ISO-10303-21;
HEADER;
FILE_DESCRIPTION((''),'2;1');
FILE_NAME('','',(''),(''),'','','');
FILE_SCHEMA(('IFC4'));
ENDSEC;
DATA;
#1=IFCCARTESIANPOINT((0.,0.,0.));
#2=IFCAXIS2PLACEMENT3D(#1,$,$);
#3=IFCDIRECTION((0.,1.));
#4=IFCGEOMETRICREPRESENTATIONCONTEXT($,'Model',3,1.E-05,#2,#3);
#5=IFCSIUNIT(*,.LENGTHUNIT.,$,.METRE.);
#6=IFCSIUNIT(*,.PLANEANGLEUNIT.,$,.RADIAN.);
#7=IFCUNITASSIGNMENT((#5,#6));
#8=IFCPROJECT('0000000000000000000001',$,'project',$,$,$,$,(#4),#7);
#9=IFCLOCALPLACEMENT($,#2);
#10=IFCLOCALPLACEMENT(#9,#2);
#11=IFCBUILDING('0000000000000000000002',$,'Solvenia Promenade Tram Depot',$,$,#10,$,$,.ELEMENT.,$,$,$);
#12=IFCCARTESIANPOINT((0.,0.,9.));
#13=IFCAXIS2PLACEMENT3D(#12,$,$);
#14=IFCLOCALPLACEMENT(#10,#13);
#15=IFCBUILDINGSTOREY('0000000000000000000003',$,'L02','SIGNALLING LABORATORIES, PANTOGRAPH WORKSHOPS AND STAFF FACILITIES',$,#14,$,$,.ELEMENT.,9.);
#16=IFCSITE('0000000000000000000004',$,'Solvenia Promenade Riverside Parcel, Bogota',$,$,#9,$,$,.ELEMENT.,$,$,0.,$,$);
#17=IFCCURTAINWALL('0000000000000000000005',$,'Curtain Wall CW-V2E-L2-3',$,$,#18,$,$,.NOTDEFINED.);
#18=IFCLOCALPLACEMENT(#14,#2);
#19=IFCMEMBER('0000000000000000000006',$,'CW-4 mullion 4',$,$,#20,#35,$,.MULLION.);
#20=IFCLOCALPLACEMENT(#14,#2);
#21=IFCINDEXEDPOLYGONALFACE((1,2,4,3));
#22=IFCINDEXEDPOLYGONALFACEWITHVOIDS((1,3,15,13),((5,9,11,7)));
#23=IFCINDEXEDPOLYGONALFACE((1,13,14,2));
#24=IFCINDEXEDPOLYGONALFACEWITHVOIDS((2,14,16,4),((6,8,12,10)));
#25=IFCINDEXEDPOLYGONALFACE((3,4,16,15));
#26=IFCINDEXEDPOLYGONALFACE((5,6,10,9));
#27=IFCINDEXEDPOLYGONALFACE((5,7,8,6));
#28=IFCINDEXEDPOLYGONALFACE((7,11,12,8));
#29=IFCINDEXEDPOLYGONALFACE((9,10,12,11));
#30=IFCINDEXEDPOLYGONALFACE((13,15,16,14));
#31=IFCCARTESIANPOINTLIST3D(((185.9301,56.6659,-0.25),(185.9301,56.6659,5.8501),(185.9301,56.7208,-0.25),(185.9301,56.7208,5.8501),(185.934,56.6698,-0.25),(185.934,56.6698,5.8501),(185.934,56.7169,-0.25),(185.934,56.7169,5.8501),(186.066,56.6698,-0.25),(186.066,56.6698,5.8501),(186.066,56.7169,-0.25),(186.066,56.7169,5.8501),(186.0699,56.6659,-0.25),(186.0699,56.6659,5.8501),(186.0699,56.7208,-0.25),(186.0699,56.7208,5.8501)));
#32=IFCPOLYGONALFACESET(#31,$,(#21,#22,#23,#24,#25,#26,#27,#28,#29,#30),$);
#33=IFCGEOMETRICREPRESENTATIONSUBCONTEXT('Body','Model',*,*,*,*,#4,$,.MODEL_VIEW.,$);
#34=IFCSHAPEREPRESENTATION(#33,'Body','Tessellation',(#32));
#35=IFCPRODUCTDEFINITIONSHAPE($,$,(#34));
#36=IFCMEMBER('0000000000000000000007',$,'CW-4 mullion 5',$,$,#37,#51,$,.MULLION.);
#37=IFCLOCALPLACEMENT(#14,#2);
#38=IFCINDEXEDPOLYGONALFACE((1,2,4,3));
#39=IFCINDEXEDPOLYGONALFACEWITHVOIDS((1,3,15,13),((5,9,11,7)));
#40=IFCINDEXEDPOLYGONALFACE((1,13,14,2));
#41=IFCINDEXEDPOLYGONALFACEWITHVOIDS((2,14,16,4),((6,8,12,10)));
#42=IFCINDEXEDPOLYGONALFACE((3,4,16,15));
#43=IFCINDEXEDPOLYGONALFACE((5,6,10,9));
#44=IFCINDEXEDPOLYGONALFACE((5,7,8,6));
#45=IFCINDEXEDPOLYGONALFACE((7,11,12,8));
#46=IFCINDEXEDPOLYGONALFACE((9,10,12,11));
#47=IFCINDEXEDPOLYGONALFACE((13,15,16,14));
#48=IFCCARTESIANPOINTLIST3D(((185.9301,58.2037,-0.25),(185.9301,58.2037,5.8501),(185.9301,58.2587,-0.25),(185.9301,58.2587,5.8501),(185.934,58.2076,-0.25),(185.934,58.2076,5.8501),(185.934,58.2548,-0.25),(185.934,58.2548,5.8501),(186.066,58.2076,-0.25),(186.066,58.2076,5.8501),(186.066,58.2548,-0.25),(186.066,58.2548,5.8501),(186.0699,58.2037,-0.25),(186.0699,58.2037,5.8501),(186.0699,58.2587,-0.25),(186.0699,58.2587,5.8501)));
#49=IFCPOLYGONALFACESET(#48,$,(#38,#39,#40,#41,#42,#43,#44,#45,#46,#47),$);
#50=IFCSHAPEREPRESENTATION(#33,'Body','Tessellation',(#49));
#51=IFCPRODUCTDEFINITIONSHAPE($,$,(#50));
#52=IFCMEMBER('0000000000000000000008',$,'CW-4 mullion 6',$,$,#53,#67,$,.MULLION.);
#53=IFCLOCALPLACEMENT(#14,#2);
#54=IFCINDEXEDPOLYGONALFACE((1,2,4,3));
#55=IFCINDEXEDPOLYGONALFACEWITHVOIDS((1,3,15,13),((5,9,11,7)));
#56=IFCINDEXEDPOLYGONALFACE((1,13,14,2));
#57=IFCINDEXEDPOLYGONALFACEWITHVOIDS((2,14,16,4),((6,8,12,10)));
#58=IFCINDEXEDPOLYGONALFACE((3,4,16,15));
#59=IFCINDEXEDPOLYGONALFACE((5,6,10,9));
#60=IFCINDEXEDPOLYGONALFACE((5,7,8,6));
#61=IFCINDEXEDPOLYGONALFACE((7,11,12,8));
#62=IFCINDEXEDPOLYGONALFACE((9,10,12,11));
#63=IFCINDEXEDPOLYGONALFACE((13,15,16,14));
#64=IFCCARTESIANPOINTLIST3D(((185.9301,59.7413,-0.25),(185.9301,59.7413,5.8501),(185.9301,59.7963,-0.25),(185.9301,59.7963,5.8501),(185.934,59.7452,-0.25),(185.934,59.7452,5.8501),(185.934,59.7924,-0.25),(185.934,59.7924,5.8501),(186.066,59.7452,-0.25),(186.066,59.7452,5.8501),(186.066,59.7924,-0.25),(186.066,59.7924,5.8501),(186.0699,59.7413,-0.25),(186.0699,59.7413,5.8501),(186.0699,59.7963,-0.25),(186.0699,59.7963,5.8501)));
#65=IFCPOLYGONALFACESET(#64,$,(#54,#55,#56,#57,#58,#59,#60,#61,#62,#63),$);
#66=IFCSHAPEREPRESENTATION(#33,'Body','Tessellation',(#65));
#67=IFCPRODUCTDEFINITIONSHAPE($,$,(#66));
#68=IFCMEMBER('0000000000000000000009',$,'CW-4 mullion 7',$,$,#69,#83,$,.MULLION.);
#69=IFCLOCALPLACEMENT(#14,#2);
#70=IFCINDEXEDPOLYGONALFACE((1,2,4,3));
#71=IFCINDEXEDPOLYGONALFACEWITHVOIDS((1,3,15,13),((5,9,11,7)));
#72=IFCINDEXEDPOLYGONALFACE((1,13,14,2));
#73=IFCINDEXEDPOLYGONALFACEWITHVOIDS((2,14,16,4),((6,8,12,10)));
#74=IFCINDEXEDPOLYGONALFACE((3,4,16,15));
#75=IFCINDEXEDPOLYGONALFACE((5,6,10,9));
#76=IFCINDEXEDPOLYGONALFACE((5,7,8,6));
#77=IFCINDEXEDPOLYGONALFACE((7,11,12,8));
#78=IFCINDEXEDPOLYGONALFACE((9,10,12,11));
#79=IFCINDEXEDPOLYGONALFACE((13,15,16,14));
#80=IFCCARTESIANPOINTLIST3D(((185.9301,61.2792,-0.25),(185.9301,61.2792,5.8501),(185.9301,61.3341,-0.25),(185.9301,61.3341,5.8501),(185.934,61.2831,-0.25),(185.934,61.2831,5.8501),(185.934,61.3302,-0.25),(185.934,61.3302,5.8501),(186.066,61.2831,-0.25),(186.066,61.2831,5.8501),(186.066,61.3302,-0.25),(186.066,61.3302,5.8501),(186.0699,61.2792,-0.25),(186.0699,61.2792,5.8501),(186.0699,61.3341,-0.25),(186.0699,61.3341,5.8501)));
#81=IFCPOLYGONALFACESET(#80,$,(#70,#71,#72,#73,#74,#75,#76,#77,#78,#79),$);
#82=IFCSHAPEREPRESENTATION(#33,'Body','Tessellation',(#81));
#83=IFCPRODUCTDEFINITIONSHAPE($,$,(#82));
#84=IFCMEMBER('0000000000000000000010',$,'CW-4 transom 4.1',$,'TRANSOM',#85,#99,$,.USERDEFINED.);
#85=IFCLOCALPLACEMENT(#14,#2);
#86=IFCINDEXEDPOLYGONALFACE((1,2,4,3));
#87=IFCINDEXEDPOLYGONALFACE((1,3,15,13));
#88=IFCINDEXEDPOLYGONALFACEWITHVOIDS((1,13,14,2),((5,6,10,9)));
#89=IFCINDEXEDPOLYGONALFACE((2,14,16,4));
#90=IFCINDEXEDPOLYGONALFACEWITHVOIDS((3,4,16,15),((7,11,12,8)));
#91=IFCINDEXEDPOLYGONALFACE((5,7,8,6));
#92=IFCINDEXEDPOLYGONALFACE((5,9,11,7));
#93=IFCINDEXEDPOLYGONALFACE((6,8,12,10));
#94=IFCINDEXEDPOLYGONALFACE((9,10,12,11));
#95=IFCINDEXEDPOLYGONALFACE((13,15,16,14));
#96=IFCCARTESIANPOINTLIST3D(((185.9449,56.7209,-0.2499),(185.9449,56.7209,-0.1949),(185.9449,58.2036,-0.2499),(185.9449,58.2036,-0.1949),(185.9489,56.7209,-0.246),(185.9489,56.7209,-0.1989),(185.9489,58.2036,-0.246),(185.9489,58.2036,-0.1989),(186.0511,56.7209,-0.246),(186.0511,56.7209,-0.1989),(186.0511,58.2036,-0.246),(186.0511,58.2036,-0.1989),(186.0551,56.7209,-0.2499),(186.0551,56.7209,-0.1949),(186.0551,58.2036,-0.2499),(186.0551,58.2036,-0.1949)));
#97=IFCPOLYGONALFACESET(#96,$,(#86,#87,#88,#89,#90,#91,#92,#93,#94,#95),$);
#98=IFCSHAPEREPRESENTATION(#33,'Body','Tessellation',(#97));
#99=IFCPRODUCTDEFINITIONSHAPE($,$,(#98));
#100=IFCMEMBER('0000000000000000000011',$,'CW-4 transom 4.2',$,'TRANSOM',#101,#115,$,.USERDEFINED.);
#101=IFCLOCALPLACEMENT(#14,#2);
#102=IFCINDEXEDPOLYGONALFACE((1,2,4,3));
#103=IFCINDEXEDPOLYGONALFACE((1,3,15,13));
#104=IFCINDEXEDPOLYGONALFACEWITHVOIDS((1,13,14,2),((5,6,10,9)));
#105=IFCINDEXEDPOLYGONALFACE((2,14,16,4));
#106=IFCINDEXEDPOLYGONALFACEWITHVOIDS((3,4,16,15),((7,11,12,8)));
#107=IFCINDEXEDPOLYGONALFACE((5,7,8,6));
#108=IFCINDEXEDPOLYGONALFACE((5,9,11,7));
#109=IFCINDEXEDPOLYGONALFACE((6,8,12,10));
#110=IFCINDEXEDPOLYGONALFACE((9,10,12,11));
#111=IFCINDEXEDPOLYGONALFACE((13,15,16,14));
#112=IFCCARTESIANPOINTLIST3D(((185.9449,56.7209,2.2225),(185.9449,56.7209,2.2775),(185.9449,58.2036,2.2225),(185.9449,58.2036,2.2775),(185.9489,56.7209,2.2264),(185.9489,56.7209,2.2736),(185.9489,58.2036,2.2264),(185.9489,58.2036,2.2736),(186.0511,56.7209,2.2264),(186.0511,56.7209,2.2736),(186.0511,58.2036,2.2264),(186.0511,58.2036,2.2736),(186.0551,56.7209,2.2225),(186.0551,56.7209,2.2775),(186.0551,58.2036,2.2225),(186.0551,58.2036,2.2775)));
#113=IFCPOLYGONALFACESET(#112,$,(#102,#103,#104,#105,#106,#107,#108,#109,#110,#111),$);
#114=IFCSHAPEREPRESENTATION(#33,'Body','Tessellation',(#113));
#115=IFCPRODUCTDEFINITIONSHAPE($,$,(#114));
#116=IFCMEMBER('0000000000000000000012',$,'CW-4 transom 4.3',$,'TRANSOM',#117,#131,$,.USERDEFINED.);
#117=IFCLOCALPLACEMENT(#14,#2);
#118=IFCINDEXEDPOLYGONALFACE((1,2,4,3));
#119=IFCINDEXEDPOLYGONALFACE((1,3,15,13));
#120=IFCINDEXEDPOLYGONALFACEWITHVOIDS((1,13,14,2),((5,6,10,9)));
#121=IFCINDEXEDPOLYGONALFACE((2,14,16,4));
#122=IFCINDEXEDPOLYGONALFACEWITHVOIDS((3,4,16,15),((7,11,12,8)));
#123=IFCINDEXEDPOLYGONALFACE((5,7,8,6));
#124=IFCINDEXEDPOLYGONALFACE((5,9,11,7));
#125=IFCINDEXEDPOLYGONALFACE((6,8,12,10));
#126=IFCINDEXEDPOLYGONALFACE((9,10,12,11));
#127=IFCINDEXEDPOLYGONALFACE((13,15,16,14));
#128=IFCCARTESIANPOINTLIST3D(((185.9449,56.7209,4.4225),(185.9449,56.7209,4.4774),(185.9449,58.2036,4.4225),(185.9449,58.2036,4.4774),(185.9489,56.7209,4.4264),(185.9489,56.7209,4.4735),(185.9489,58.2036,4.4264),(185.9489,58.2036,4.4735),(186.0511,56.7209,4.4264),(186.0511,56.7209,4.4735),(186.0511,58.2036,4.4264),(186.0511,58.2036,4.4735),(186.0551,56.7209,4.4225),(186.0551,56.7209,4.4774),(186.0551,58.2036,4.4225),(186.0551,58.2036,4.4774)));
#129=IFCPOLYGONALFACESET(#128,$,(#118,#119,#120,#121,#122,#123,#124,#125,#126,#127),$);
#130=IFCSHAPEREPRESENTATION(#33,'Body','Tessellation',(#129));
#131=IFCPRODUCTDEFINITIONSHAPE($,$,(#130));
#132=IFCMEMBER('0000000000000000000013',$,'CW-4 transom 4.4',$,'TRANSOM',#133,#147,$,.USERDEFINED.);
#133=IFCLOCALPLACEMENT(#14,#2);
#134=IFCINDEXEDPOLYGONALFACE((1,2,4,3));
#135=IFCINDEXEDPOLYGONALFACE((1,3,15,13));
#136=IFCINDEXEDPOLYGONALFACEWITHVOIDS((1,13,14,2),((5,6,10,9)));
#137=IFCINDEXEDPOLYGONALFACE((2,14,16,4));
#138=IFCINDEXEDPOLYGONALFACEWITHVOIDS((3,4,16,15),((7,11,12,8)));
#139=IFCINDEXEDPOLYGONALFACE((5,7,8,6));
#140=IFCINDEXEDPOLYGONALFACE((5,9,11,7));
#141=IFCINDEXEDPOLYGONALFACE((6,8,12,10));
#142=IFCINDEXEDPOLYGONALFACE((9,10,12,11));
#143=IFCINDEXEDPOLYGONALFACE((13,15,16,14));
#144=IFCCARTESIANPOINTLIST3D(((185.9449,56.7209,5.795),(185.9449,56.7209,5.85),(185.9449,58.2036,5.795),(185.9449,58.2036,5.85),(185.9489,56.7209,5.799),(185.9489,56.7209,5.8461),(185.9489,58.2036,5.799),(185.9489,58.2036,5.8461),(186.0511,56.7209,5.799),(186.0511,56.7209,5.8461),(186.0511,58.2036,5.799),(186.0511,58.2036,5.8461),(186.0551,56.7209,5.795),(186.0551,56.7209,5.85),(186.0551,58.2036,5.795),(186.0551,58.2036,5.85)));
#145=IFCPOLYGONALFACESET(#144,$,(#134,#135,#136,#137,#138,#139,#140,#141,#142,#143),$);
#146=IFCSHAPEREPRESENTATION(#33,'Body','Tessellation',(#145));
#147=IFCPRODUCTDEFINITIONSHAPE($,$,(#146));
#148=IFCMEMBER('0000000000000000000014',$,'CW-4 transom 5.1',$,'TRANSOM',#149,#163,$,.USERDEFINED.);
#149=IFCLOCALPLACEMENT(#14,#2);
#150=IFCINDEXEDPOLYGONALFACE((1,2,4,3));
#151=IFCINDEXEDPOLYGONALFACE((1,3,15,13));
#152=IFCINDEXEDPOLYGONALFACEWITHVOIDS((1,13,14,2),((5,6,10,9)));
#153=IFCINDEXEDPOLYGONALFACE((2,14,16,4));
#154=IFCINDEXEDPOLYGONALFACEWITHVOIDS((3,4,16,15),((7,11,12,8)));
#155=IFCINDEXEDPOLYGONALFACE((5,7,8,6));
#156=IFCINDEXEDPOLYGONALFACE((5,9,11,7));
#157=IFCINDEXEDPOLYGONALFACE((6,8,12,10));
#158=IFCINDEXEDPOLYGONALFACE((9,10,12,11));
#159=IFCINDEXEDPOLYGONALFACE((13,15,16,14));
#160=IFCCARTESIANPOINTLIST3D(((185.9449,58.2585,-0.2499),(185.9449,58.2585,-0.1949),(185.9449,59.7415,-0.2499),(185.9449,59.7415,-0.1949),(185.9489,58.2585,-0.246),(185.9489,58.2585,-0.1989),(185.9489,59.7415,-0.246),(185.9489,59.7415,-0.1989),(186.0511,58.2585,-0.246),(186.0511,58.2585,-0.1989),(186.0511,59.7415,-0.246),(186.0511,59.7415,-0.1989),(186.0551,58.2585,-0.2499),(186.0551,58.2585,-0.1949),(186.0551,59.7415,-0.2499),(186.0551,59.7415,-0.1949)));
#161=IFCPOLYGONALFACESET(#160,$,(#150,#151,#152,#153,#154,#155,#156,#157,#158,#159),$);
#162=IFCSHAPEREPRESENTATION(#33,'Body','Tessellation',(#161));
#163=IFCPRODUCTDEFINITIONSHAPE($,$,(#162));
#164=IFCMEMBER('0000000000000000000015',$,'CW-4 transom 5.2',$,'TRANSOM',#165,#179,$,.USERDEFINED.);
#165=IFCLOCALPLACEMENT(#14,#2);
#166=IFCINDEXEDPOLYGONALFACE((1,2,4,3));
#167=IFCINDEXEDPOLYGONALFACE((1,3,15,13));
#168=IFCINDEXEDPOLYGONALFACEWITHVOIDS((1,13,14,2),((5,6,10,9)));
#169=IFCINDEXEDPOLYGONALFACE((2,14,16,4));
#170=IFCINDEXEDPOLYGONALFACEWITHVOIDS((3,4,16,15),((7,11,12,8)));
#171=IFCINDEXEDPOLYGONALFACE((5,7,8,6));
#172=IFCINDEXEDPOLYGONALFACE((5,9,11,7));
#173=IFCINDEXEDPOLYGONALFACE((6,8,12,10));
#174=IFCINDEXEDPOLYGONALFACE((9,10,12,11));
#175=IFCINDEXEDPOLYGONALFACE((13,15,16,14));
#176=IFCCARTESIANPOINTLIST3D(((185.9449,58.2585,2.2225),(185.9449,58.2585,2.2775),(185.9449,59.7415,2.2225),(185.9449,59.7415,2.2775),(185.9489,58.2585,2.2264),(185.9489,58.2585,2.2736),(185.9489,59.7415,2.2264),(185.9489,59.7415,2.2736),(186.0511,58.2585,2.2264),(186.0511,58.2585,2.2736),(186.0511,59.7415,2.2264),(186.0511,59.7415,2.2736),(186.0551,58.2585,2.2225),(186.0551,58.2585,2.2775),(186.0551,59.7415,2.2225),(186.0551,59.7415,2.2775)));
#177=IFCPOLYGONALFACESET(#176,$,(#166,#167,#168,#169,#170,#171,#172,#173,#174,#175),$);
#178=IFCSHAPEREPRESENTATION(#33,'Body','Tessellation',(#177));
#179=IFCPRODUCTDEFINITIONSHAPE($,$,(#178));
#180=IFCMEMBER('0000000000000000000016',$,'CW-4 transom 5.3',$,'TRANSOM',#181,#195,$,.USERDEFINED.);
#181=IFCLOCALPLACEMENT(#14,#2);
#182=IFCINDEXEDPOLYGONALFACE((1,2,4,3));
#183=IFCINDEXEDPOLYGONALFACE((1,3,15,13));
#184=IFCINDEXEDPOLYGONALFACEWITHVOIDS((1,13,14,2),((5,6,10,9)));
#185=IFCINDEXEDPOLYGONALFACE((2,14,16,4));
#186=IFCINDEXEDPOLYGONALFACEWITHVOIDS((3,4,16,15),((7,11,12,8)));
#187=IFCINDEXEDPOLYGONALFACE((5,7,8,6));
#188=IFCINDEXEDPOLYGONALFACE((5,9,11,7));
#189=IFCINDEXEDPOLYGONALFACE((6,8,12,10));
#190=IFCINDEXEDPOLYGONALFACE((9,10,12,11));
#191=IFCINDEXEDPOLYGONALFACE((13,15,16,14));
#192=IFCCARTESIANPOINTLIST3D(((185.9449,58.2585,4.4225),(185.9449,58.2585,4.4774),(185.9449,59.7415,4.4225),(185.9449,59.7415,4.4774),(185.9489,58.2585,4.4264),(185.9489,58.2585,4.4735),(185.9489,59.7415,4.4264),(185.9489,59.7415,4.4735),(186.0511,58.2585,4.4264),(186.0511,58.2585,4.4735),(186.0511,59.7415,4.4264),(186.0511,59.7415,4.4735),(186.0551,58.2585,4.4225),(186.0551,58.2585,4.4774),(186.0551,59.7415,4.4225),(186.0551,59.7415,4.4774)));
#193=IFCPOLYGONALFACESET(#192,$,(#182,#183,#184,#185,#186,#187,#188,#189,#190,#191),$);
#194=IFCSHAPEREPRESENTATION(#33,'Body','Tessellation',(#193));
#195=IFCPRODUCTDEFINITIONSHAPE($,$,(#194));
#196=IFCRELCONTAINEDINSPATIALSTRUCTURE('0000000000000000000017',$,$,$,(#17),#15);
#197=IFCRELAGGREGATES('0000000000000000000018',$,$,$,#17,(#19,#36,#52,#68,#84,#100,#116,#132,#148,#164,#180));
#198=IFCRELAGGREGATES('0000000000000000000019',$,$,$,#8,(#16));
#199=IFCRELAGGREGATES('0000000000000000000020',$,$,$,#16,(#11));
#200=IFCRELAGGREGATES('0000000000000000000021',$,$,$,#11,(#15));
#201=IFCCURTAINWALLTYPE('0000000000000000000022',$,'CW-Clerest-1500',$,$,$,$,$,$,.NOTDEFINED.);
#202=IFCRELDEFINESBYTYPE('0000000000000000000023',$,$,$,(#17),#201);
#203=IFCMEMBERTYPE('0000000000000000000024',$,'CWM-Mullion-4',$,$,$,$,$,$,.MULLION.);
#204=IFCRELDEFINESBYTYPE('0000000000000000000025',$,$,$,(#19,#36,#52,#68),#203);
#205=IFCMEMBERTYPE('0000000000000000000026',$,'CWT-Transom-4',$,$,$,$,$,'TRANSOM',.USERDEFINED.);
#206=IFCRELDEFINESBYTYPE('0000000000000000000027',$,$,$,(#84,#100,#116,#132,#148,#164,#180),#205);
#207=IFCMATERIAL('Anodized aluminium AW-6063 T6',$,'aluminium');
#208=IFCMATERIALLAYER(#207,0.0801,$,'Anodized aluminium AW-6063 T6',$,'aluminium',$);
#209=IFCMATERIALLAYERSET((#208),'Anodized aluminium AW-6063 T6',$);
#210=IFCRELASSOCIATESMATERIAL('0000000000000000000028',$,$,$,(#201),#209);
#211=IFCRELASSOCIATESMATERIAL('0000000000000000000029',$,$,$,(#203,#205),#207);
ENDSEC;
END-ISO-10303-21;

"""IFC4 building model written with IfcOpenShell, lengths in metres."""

from ifc_helpers import new_model, si_unit, direction, frame, origin, origin_2d, place, context, subcontext, project, spatial, hollow_rectangle, extrude, material, layer, layer_set, material_profile, profile_set, type_object, element, aggregate, save


model = new_model("IFC4")

# Units and contexts
model_context = context("Model", 3, precision=1e-05, world=origin(), true_north=direction((0.0, 1.0)))
body_context = subcontext(model_context, "Body", "Model", "MODEL_VIEW")
ifc_project = project(units=[si_unit("LENGTHUNIT", "METRE"), si_unit("PLANEANGLEUNIT", "RADIAN")], contexts=[model_context])

# Site, building, storey
site_placement = place(None, origin())
site = spatial("IfcSite", under=ifc_project, at=site_placement, Name="Solvenia Promenade Riverside Parcel, Bogota", CompositionType="ELEMENT", RefElevation=0.0)
building_placement = place(site_placement, origin())
building = spatial("IfcBuilding", under=site, at=building_placement, Name="Solvenia Promenade Tram Depot", CompositionType="ELEMENT")
storey_placement = place(building_placement, frame((0.0, 0.0, 9.0)))
storey = spatial("IfcBuildingStorey", under=building, at=storey_placement, Name="L02", Description="SIGNALLING LABORATORIES, PANTOGRAPH WORKSHOPS AND STAFF FACILITIES", CompositionType="ELEMENT", Elevation=9.0)

# Curtain wall, members
ifc_material_1 = material(Name="Anodized aluminium AW-6063 T6", Category="aluminium")
ifc_layer_1 = layer(ifc_material_1, 0.0801, Name="Anodized aluminium AW-6063 T6", Category="aluminium")
ifc_layer_set_1 = layer_set([ifc_layer_1], Name="Anodized aluminium AW-6063 T6")
curtain_wall_type = type_object("IfcCurtainWallType", Name="CW-Clerest-1500", PredefinedType="NOTDEFINED", material=ifc_layer_set_1)
curtain_wall_placement = place(storey_placement, origin())
curtain_wall = element("IfcCurtainWall", 1, at=curtain_wall_placement, inside=storey, type_object=curtain_wall_type, Name="Curtain Wall CW-V2E-L2-3", PredefinedType="NOTDEFINED")
ifc_material_profile_1 = material_profile(ifc_material_1, hollow_rectangle(XDim=0.1399, YDim=0.0549, WallThickness=0.0039, at=origin_2d()), Name="ALU-M4", Category="aluminium")
ifc_profile_set_1 = profile_set([ifc_material_profile_1], Name="Anodized aluminium AW-6063 T6")
member_type_1 = type_object("IfcMemberType", Name="CWM-Mullion-4", PredefinedType="MULLION", material=ifc_profile_set_1)
member_1_placement = place(storey_placement, frame((186.0, 56.6934, -0.25), z_axis=(0.0, 0.0, 1.0), x_axis=(-1.0, 0.0, 0.0)))
member_1 = element("IfcMember", 2, at=member_1_placement, type_object=member_type_1, Name="CW-4 mullion 4", PredefinedType="MULLION", context=body_context, shape_type="SweptSolid", body=[
    extrude(hollow_rectangle(XDim=0.1399, YDim=0.0549, WallThickness=0.0039, at=origin_2d()), origin(), (0.0, 0.0, 1.0), 6.1001),
])
member_2_placement = place(storey_placement, frame((186.0, 58.2312, -0.25), z_axis=(0.0, 0.0, 1.0), x_axis=(-1.0, 0.0, 0.0)))
member_2 = element("IfcMember", 3, at=member_2_placement, type_object=member_type_1, Name="CW-4 mullion 5", PredefinedType="MULLION", context=body_context, shape_type="SweptSolid", body=[
    extrude(hollow_rectangle(XDim=0.1399, YDim=0.0549, WallThickness=0.0039, at=origin_2d()), origin(), (0.0, 0.0, 1.0), 6.1001),
])
member_3_placement = place(storey_placement, frame((186.0, 59.7688, -0.25), z_axis=(0.0, 0.0, 1.0), x_axis=(-1.0, 0.0, 0.0)))
member_3 = element("IfcMember", 4, at=member_3_placement, type_object=member_type_1, Name="CW-4 mullion 6", PredefinedType="MULLION", context=body_context, shape_type="SweptSolid", body=[
    extrude(hollow_rectangle(XDim=0.1399, YDim=0.0549, WallThickness=0.0039, at=origin_2d()), origin(), (0.0, 0.0, 1.0), 6.1001),
])
member_4_placement = place(storey_placement, frame((186.0, 61.3066, -0.25), z_axis=(0.0, 0.0, 1.0), x_axis=(-1.0, 0.0, 0.0)))
member_4 = element("IfcMember", 5, at=member_4_placement, type_object=member_type_1, Name="CW-4 mullion 7", PredefinedType="MULLION", context=body_context, shape_type="SweptSolid", body=[
    extrude(hollow_rectangle(XDim=0.1399, YDim=0.0549, WallThickness=0.0039, at=origin_2d()), origin(), (0.0, 0.0, 1.0), 6.1001),
])
ifc_material_profile_2 = material_profile(ifc_material_1, hollow_rectangle(XDim=0.1101, YDim=0.0549, WallThickness=0.0039, at=origin_2d()), Name="ALU-T4", Category="aluminium")
ifc_profile_set_2 = profile_set([ifc_material_profile_2], Name="Anodized aluminium AW-6063 T6")
member_type_2 = type_object("IfcMemberType", Name="CWT-Transom-4", ElementType="TRANSOM", PredefinedType="USERDEFINED", material=ifc_profile_set_2)
member_5_placement = place(storey_placement, frame((186.0, 56.7209, -0.2224), z_axis=(0.0, 1.0, 0.0), x_axis=(-1.0, 0.0, 0.0)))
member_5 = element("IfcMember", 6, at=member_5_placement, type_object=member_type_2, Name="CW-4 transom 4.1", ObjectType="TRANSOM", PredefinedType="USERDEFINED", context=body_context, shape_type="SweptSolid", body=[
    extrude(hollow_rectangle(XDim=0.1101, YDim=0.0549, WallThickness=0.0039, at=origin_2d()), origin(), (0.0, 0.0, 1.0), 1.4827),
])
member_6_placement = place(storey_placement, frame((186.0, 56.7209, 2.25), z_axis=(0.0, 1.0, 0.0), x_axis=(-1.0, 0.0, 0.0)))
member_6 = element("IfcMember", 7, at=member_6_placement, type_object=member_type_2, Name="CW-4 transom 4.2", ObjectType="TRANSOM", PredefinedType="USERDEFINED", context=body_context, shape_type="SweptSolid", body=[
    extrude(hollow_rectangle(XDim=0.1101, YDim=0.0549, WallThickness=0.0039, at=origin_2d()), origin(), (0.0, 0.0, 1.0), 1.4827),
])
member_7_placement = place(storey_placement, frame((186.0, 56.7209, 4.45), z_axis=(0.0, 1.0, 0.0), x_axis=(-1.0, 0.0, 0.0)))
member_7 = element("IfcMember", 8, at=member_7_placement, type_object=member_type_2, Name="CW-4 transom 4.3", ObjectType="TRANSOM", PredefinedType="USERDEFINED", context=body_context, shape_type="SweptSolid", body=[
    extrude(hollow_rectangle(XDim=0.1101, YDim=0.0549, WallThickness=0.0039, at=origin_2d()), origin(), (0.0, 0.0, 1.0), 1.4827),
])
member_8_placement = place(storey_placement, frame((186.0, 56.7209, 5.8225), z_axis=(0.0, 1.0, 0.0), x_axis=(-1.0, 0.0, 0.0)))
member_8 = element("IfcMember", 9, at=member_8_placement, type_object=member_type_2, Name="CW-4 transom 4.4", ObjectType="TRANSOM", PredefinedType="USERDEFINED", context=body_context, shape_type="SweptSolid", body=[
    extrude(hollow_rectangle(XDim=0.1101, YDim=0.0549, WallThickness=0.0039, at=origin_2d()), origin(), (0.0, 0.0, 1.0), 1.4827),
])
member_9_placement = place(storey_placement, frame((186.0, 58.2585, -0.2224), z_axis=(0.0, 1.0, 0.0), x_axis=(-1.0, 0.0, 0.0)))
member_9 = element("IfcMember", 10, at=member_9_placement, type_object=member_type_2, Name="CW-4 transom 5.1", ObjectType="TRANSOM", PredefinedType="USERDEFINED", context=body_context, shape_type="SweptSolid", body=[
    extrude(hollow_rectangle(XDim=0.1101, YDim=0.0549, WallThickness=0.0039, at=origin_2d()), origin(), (0.0, 0.0, 1.0), 1.4829),
])
member_10_placement = place(storey_placement, frame((186.0, 58.2585, 2.25), z_axis=(0.0, 1.0, 0.0), x_axis=(-1.0, 0.0, 0.0)))
member_10 = element("IfcMember", 11, at=member_10_placement, type_object=member_type_2, Name="CW-4 transom 5.2", ObjectType="TRANSOM", PredefinedType="USERDEFINED", context=body_context, shape_type="SweptSolid", body=[
    extrude(hollow_rectangle(XDim=0.1101, YDim=0.0549, WallThickness=0.0039, at=origin_2d()), origin(), (0.0, 0.0, 1.0), 1.4829),
])
member_11_placement = place(storey_placement, frame((186.0, 58.2585, 4.45), z_axis=(0.0, 1.0, 0.0), x_axis=(-1.0, 0.0, 0.0)))
member_11 = element("IfcMember", 12, at=member_11_placement, type_object=member_type_2, Name="CW-4 transom 5.3", ObjectType="TRANSOM", PredefinedType="USERDEFINED", context=body_context, shape_type="SweptSolid", body=[
    extrude(hollow_rectangle(XDim=0.1101, YDim=0.0549, WallThickness=0.0039, at=origin_2d()), origin(), (0.0, 0.0, 1.0), 1.4829),
])

aggregate(curtain_wall, [member_1, member_2, member_3, member_4, member_5, member_6, member_7, member_8, member_9, member_10, member_11])

save(model, "model.ifc")
